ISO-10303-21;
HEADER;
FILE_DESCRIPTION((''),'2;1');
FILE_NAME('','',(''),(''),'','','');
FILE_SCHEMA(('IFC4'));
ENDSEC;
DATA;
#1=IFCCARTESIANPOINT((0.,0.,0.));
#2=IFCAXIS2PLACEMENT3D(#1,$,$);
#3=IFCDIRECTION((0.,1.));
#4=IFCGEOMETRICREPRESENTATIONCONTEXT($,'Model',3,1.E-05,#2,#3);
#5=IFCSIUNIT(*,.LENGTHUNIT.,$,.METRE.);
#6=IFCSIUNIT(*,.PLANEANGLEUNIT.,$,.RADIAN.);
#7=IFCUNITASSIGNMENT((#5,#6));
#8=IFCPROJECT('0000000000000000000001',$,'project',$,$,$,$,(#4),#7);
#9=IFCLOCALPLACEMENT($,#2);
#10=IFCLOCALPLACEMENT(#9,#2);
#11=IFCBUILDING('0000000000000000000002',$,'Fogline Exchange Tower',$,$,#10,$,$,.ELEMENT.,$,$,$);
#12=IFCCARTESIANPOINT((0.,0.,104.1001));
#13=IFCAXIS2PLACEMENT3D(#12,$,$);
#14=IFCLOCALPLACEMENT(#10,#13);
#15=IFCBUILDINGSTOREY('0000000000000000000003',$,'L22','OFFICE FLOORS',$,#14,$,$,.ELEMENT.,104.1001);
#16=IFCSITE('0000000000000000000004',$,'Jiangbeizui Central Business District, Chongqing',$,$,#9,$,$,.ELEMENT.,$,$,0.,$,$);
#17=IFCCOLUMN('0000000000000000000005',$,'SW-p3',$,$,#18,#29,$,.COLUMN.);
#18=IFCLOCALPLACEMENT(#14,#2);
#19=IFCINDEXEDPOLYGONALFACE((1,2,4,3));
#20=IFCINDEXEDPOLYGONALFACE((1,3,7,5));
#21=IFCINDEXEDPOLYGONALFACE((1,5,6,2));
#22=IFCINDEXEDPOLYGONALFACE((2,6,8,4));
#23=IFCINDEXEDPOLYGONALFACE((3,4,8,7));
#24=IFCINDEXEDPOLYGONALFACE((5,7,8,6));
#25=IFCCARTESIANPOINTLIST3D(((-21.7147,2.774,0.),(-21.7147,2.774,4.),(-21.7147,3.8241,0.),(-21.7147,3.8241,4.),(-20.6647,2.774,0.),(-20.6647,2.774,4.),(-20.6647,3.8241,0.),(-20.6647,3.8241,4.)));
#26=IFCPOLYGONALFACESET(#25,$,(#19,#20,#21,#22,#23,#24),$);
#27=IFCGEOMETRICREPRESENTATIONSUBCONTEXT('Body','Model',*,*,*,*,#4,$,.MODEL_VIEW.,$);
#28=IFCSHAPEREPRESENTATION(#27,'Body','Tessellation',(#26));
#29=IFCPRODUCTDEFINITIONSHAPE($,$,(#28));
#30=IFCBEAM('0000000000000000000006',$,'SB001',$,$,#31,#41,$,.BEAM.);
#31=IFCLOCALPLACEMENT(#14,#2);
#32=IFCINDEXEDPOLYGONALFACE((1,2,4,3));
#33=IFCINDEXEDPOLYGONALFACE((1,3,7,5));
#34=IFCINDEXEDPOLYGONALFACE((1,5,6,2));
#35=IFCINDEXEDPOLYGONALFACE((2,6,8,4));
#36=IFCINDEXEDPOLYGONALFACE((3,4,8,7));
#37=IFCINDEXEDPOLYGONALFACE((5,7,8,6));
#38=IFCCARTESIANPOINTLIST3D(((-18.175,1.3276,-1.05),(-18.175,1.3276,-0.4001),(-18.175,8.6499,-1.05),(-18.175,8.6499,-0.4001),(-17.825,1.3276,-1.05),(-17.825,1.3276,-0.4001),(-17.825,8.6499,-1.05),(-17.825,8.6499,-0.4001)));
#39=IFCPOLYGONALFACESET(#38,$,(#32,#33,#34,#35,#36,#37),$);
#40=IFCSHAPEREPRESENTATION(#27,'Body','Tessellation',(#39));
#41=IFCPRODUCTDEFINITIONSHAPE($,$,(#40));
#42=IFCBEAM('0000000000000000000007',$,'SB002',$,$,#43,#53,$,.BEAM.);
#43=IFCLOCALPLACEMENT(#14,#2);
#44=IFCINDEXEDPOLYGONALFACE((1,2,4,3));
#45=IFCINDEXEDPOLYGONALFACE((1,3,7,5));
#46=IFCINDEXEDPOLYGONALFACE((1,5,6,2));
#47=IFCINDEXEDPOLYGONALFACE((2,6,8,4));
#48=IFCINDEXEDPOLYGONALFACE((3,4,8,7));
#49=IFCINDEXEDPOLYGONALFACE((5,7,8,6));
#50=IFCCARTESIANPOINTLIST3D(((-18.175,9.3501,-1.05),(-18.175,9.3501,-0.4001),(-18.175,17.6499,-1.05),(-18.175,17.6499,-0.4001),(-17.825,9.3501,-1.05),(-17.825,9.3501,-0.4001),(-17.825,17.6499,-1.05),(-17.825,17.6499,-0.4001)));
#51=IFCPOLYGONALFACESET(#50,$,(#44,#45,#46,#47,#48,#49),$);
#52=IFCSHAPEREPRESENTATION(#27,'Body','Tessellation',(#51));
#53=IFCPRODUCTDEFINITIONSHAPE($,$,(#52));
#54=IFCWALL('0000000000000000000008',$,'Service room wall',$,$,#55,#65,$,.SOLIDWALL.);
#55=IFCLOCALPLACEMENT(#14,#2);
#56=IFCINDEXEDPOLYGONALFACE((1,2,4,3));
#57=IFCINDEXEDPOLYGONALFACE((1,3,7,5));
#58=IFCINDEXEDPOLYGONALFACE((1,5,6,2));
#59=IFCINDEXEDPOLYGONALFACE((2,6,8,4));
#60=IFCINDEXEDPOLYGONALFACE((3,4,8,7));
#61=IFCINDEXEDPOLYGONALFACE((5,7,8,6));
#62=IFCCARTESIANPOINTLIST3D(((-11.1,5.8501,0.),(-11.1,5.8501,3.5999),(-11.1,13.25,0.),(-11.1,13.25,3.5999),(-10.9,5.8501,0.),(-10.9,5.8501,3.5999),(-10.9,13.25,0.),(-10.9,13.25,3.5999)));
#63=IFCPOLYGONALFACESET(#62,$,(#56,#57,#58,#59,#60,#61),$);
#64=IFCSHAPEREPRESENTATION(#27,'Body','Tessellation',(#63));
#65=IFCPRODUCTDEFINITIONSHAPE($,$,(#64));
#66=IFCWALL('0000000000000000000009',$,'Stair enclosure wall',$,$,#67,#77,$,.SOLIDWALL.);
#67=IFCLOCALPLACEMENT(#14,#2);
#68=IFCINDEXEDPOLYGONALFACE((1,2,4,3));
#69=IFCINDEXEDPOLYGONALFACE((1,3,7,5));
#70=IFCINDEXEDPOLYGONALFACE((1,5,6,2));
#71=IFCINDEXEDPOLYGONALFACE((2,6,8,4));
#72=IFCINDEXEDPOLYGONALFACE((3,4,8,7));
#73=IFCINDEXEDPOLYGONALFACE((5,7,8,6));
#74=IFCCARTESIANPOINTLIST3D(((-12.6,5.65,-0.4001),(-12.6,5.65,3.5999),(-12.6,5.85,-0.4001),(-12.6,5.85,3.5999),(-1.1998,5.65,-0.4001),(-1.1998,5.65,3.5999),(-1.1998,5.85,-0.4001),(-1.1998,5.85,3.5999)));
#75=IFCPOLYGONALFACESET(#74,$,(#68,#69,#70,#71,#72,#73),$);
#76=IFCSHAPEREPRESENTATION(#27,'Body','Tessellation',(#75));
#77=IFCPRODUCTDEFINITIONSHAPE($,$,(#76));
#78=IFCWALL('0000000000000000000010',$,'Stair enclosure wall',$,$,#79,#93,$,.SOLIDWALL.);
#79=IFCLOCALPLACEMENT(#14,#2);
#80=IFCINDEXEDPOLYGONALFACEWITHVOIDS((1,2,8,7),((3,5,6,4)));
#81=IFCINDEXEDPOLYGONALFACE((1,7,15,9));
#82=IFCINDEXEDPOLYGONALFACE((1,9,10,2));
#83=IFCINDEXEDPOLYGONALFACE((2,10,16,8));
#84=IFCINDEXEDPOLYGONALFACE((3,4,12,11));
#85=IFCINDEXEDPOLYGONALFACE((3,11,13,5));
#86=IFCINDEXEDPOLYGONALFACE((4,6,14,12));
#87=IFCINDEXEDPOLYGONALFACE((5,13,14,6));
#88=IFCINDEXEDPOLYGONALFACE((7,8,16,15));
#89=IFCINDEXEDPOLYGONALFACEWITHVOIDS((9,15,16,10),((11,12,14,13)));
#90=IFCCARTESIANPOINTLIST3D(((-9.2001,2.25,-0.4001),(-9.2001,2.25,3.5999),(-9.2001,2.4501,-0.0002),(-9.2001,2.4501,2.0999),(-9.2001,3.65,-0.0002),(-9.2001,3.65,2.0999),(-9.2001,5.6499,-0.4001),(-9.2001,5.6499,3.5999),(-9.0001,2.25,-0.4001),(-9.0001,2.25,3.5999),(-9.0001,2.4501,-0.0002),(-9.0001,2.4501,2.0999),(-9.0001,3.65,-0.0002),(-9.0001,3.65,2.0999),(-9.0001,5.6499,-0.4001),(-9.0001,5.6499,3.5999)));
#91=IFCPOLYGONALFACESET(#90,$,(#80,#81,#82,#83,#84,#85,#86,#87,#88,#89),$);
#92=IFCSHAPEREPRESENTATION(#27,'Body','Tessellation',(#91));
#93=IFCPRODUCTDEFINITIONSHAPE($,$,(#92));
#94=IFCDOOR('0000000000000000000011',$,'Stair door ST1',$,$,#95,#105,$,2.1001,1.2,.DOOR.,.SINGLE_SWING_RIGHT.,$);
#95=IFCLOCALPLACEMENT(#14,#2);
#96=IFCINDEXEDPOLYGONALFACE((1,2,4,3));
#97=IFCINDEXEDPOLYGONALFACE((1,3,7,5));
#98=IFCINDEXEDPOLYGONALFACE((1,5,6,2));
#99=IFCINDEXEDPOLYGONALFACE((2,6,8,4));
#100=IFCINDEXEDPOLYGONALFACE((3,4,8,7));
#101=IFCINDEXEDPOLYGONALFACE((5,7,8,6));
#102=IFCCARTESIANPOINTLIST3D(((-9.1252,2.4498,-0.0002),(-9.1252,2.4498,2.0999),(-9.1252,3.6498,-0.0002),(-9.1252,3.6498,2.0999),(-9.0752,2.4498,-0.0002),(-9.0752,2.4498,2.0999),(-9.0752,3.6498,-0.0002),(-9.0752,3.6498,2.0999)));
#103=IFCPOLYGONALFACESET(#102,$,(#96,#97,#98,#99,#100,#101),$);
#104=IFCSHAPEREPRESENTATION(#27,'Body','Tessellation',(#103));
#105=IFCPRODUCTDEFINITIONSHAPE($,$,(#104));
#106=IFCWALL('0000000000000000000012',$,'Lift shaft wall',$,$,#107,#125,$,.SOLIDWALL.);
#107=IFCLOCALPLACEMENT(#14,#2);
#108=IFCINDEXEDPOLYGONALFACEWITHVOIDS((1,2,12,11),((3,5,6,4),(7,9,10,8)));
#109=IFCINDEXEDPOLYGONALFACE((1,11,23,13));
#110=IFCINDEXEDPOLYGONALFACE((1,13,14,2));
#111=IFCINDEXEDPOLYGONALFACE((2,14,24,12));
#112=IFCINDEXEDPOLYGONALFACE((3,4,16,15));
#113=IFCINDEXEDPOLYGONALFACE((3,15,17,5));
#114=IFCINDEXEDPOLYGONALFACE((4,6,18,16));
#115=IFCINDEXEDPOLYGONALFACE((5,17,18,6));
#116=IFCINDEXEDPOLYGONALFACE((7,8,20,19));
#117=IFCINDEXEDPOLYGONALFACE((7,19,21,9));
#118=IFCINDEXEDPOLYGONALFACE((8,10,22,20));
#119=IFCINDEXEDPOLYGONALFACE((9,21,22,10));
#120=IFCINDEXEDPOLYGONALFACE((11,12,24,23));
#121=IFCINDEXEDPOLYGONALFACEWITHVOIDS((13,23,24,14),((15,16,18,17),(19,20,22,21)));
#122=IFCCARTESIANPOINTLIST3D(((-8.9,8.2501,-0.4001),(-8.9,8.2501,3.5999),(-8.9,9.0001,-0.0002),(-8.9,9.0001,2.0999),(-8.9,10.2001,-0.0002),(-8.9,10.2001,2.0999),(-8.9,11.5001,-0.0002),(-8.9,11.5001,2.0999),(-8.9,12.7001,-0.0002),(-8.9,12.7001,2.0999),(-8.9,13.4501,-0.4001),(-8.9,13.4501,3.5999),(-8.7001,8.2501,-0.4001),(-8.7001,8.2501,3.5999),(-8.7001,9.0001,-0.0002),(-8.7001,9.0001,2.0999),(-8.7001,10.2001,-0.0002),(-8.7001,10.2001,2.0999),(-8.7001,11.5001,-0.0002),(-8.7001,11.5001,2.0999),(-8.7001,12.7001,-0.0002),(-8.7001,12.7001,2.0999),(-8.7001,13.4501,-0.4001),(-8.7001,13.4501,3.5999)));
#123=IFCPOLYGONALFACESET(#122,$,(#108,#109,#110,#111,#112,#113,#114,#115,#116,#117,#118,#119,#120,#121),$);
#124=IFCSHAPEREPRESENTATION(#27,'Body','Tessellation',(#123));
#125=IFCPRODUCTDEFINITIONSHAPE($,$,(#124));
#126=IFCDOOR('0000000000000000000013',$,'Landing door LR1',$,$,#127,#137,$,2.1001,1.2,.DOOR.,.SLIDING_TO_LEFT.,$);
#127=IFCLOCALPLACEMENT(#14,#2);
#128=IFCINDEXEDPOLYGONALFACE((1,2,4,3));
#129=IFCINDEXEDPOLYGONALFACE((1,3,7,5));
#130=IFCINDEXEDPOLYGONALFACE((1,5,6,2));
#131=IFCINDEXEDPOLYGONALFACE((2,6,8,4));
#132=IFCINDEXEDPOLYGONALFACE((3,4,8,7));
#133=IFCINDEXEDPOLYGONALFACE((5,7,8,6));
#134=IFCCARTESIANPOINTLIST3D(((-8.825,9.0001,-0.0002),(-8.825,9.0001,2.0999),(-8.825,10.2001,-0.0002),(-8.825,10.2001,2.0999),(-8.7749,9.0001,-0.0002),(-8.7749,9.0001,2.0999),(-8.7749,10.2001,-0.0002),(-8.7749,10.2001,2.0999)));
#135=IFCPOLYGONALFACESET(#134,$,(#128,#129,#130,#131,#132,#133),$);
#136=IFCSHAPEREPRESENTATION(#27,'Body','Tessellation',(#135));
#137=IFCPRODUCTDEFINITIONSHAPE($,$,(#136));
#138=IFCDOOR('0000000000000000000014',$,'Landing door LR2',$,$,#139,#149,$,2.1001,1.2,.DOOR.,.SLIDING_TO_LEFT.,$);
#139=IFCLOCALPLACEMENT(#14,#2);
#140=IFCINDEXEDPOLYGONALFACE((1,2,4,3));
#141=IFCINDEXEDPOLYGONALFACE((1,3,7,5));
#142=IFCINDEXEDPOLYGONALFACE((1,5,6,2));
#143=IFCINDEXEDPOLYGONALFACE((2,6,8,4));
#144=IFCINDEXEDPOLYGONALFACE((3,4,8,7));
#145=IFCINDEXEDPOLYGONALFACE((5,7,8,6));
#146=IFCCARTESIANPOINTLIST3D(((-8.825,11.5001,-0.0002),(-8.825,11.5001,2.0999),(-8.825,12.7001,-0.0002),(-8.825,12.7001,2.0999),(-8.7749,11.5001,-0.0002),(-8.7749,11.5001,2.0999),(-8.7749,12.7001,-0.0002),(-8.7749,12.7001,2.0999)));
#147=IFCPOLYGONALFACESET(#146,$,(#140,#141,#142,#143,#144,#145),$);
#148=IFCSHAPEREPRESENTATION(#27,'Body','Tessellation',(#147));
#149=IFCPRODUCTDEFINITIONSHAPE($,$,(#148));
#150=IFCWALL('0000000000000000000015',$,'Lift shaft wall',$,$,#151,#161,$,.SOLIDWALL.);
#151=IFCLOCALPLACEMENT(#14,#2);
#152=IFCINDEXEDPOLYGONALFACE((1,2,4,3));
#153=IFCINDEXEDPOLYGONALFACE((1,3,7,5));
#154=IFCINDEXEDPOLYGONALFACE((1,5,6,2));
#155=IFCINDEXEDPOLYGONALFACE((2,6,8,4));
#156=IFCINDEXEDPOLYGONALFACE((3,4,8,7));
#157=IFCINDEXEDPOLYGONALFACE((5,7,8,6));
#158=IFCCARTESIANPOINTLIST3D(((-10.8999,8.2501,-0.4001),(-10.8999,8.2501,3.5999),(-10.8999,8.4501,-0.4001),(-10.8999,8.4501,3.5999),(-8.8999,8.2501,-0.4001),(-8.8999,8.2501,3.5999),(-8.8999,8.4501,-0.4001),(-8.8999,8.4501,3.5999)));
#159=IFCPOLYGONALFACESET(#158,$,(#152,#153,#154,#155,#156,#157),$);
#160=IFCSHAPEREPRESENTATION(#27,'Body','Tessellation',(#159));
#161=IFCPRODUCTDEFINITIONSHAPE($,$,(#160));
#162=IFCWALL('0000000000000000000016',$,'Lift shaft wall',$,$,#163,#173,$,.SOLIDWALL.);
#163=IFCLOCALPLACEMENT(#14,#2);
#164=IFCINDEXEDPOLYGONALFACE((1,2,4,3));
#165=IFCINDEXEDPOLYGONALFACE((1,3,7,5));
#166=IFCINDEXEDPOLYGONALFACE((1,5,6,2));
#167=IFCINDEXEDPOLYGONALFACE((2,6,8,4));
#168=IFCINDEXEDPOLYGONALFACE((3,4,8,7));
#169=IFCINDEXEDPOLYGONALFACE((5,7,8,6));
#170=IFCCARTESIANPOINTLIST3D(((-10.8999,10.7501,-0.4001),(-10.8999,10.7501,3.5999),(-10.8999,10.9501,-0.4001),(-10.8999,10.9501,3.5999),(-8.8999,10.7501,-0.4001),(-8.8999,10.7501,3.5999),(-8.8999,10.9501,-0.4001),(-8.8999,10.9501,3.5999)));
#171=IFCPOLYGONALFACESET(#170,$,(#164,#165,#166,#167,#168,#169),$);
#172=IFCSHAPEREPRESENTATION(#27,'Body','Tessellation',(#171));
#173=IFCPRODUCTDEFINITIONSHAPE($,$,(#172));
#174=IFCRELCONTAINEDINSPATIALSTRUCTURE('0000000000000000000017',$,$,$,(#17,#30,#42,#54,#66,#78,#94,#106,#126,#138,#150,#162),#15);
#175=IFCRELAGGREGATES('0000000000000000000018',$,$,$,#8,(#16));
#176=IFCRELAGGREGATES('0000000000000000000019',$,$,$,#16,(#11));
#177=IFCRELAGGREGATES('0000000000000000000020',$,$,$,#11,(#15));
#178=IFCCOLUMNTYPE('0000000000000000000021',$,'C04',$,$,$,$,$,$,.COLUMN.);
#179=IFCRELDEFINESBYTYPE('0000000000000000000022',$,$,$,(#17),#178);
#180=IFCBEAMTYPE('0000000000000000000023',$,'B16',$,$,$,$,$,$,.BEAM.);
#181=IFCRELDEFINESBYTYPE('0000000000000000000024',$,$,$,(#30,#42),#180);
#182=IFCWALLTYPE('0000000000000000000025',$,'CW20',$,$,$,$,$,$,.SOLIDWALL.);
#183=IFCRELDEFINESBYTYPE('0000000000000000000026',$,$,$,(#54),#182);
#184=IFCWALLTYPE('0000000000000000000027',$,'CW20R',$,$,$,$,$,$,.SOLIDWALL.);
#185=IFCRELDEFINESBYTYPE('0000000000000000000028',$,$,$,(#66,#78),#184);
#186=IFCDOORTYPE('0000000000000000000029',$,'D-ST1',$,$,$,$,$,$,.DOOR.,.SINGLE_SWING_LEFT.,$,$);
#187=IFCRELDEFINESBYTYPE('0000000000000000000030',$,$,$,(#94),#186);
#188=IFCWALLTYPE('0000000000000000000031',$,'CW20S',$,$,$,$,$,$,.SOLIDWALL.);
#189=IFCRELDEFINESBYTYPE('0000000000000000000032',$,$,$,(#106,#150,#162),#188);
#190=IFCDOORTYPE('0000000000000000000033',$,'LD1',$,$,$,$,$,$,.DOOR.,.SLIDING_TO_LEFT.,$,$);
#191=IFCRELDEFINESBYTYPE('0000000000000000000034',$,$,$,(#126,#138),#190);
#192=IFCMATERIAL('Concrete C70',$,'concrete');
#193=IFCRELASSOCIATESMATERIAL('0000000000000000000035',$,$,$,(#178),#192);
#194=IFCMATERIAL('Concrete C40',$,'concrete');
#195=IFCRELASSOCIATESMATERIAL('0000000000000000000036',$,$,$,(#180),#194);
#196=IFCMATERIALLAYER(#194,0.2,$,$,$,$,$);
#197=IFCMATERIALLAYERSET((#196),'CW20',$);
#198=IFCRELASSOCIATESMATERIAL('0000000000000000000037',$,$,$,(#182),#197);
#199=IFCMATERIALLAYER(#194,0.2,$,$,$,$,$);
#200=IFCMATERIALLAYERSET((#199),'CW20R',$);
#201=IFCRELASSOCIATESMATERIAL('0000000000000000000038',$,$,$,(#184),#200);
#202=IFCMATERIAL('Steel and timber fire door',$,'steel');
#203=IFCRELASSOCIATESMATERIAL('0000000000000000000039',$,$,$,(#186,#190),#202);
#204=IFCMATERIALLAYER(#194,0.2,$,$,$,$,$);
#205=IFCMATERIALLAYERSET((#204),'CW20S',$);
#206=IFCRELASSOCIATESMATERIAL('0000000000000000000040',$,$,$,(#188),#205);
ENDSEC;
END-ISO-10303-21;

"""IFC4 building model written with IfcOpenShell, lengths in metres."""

from ifc_helpers import new_model, si_unit, direction, frame, frame_2d, origin, origin_2d, place, context, subcontext, project, spatial, rectangle, extrude, material, layer, layer_set, material_profile, profile_set, type_object, element, fill, save


model = new_model("IFC4")

# Units and contexts
model_context = context("Model", 3, precision=1e-05, world=origin(), true_north=direction((0.0, 1.0)))
body_context = subcontext(model_context, "Body", "Model", "MODEL_VIEW")
ifc_project = project(units=[si_unit("LENGTHUNIT", "METRE"), si_unit("PLANEANGLEUNIT", "RADIAN")], contexts=[model_context])

# Site, building, storey
site_placement = place(None, origin())
site = spatial("IfcSite", under=ifc_project, at=site_placement, Name="Jiangbeizui Central Business District, Chongqing", CompositionType="ELEMENT", RefElevation=0.0)
building_placement = place(site_placement, origin())
building = spatial("IfcBuilding", under=site, at=building_placement, Name="Fogline Exchange Tower", CompositionType="ELEMENT")
storey_placement = place(building_placement, frame((0.0, 0.0, 104.1001)))
storey = spatial("IfcBuildingStorey", under=building, at=storey_placement, Name="L22", Description="OFFICE FLOORS", CompositionType="ELEMENT", Elevation=104.1001)

# Column
ifc_material_1 = material(Name="Concrete C70", Category="concrete")
ifc_material_profile_1 = material_profile(ifc_material_1, rectangle(XDim=1.05, YDim=1.05, at=origin_2d()), Name="RC 1050x1050")
ifc_profile_set_1 = profile_set([ifc_material_profile_1], Name="Concrete C70")
column_type = type_object("IfcColumnType", Name="C04", PredefinedType="COLUMN", material=ifc_profile_set_1)
column_placement = place(storey_placement, frame((-21.1897, 3.2991, 0.0), z_axis=(0.0, 0.0, 1.0), x_axis=(1.0, 0.0, 0.0)))
element("IfcColumn", 1, at=column_placement, inside=storey, type_object=column_type, Name="SW-p3", PredefinedType="COLUMN", context=body_context, shape_type="SweptSolid", body=[
    extrude(rectangle(XDim=1.05, YDim=1.05, at=origin_2d()), origin(), (0.0, 0.0, 1.0), 4.0),
])

# Beams
ifc_material_2 = material(Name="Concrete C40", Category="concrete")
ifc_material_profile_2 = material_profile(ifc_material_2, rectangle(XDim=0.3501, YDim=0.6499, at=origin_2d()), Name="RC 350x650")
ifc_profile_set_2 = profile_set([ifc_material_profile_2], Name="Concrete C40")
beam_type = type_object("IfcBeamType", Name="B16", PredefinedType="BEAM", material=ifc_profile_set_2)
beam_1_placement = place(storey_placement, frame((-18.0, 1.3276, -0.7251), z_axis=(0.0, 1.0, 0.0), x_axis=(-1.0, 0.0, 0.0)))
element("IfcBeam", 2, at=beam_1_placement, inside=storey, type_object=beam_type, Name="SB001", PredefinedType="BEAM", context=body_context, shape_type="SweptSolid", body=[
    extrude(rectangle(XDim=0.3501, YDim=0.6499, at=origin_2d()), origin(), (0.0, 0.0, 1.0), 7.3223),
])
beam_2_placement = place(storey_placement, frame((-18.0, 9.3501, -0.7251), z_axis=(0.0, 1.0, 0.0), x_axis=(-1.0, 0.0, 0.0)))
element("IfcBeam", 3, at=beam_2_placement, inside=storey, type_object=beam_type, Name="SB002", PredefinedType="BEAM", context=body_context, shape_type="SweptSolid", body=[
    extrude(rectangle(XDim=0.3501, YDim=0.6499, at=origin_2d()), origin(), (0.0, 0.0, 1.0), 8.2998),
])

# Walls
ifc_layer_1 = layer(ifc_material_2, 0.2)
ifc_layer_set_1 = layer_set([ifc_layer_1], Name="CW20")
wall_type_1 = type_object("IfcWallType", Name="CW20", PredefinedType="SOLIDWALL", material=ifc_layer_set_1)
wall_1_placement = place(storey_placement, frame((-11.0, 5.8501, 0.0), z_axis=(0.0, 0.0, 1.0), x_axis=(0.0, 1.0, 0.0)))
element("IfcWall", 4, at=wall_1_placement, inside=storey, type_object=wall_type_1, Name="Service room wall", PredefinedType="SOLIDWALL", context=body_context, shape_type="SweptSolid", body=[
    extrude(rectangle(XDim=7.3999, YDim=0.2, at=frame_2d((3.7, 0.0))), origin(), (0.0, 0.0, 1.0), 3.5999),
])
ifc_layer_2 = layer(ifc_material_2, 0.2)
ifc_layer_set_2 = layer_set([ifc_layer_2], Name="CW20R")
wall_type_2 = type_object("IfcWallType", Name="CW20R", PredefinedType="SOLIDWALL", material=ifc_layer_set_2)
wall_2_placement = place(storey_placement, frame((-12.6001, 5.75, -0.4001), z_axis=(0.0, 0.0, 1.0), x_axis=(1.0, 0.0, 0.0)))
element("IfcWall", 5, at=wall_2_placement, inside=storey, type_object=wall_type_2, Name="Stair enclosure wall", PredefinedType="SOLIDWALL", context=body_context, shape_type="SweptSolid", body=[
    extrude(rectangle(XDim=11.4001, YDim=0.2, at=frame_2d((5.7002, 0.0))), origin(), (0.0, 0.0, 1.0), 4.0),
])

# Wall, opening, door
wall_3_placement = place(storey_placement, frame((-9.1001, 2.25, -0.4001), z_axis=(0.0, 0.0, 1.0), x_axis=(0.0, 1.0, 0.0)))
wall_3 = element("IfcWall", 6, at=wall_3_placement, inside=storey, type_object=wall_type_2, Name="Stair enclosure wall", PredefinedType="SOLIDWALL", context=body_context, shape_type="SweptSolid", body=[
    extrude(rectangle(XDim=3.3999, YDim=0.2, at=frame_2d((1.7, 0.0))), origin(), (0.0, 0.0, 1.0), 4.0),
])
opening_1_placement = place(wall_3_placement, frame((0.2, 0.0, 0.3999)))
opening_1 = element("IfcOpeningElement", 7, at=opening_1_placement, cuts=wall_3, PredefinedType="OPENING", context=body_context, shape_type="SweptSolid", body=[
    extrude(rectangle(XDim=1.2, YDim=2.1001, at=frame_2d((0.6001, 1.05))), frame((0.0, 0.1099, 0.0), z_axis=(0.0, -1.0, 0.0), x_axis=(1.0, 0.0, 0.0)), (0.0, 0.0, 1.0), 0.22),
])
ifc_material_3 = material(Name="Steel and timber fire door", Category="steel")
door_type_1 = type_object("IfcDoorType", Name="D-ST1", OperationType="SINGLE_SWING_LEFT", PredefinedType="DOOR", material=ifc_material_3)
door_1_placement = place(opening_1_placement, frame((1.2, 0.0, 0.0), z_axis=(0.0, 0.0, 1.0), x_axis=(-1.0, 0.0, 0.0)))
door_1 = element("IfcDoor", 8, at=door_1_placement, inside=storey, type_object=door_type_1, Name="Stair door ST1", OperationType="SINGLE_SWING_RIGHT", OverallHeight=2.1001, OverallWidth=1.2, PredefinedType="DOOR", context=body_context, shape_type="SweptSolid", body=[
    extrude(rectangle(XDim=1.2, YDim=2.1001, at=frame_2d((0.6001, 1.05))), frame((0.0, 0.0249, 0.0), z_axis=(0.0, -1.0, 0.0), x_axis=(1.0, 0.0, 0.0)), (0.0, 0.0, 1.0), 0.05),
])
fill(opening_1, door_1)

# Wall, openings, doors
ifc_layer_3 = layer(ifc_material_2, 0.2)
ifc_layer_set_3 = layer_set([ifc_layer_3], Name="CW20S")
wall_type_3 = type_object("IfcWallType", Name="CW20S", PredefinedType="SOLIDWALL", material=ifc_layer_set_3)
wall_4_placement = place(storey_placement, frame((-8.8, 8.25, -0.4001), z_axis=(0.0, 0.0, 1.0), x_axis=(0.0, 1.0, 0.0)))
wall_4 = element("IfcWall", 9, at=wall_4_placement, inside=storey, type_object=wall_type_3, Name="Lift shaft wall", PredefinedType="SOLIDWALL", context=body_context, shape_type="SweptSolid", body=[
    extrude(rectangle(XDim=5.2, YDim=0.2, at=frame_2d((2.6001, 0.0))), origin(), (0.0, 0.0, 1.0), 4.0),
])
opening_2_placement = place(wall_4_placement, frame((0.75, 0.0, 0.3999)))
opening_2 = element("IfcOpeningElement", 10, at=opening_2_placement, cuts=wall_4, PredefinedType="OPENING", context=body_context, shape_type="SweptSolid", body=[
    extrude(rectangle(XDim=1.2, YDim=2.1001, at=frame_2d((0.6001, 1.05))), frame((0.0, 0.1099, 0.0), z_axis=(0.0, -1.0, 0.0), x_axis=(1.0, 0.0, 0.0)), (0.0, 0.0, 1.0), 0.22),
])
opening_3_placement = place(wall_4_placement, frame((3.25, 0.0, 0.3999)))
opening_3 = element("IfcOpeningElement", 11, at=opening_3_placement, cuts=wall_4, PredefinedType="OPENING", context=body_context, shape_type="SweptSolid", body=[
    extrude(rectangle(XDim=1.2, YDim=2.1001, at=frame_2d((0.6001, 1.05))), frame((0.0, 0.1099, 0.0), z_axis=(0.0, -1.0, 0.0), x_axis=(1.0, 0.0, 0.0)), (0.0, 0.0, 1.0), 0.22),
])
door_type_2 = type_object("IfcDoorType", Name="LD1", OperationType="SLIDING_TO_LEFT", PredefinedType="DOOR", material=ifc_material_3)
door_2_placement = place(opening_2_placement, origin())
door_2 = element("IfcDoor", 12, at=door_2_placement, inside=storey, type_object=door_type_2, Name="Landing door LR1", OperationType="SLIDING_TO_LEFT", OverallHeight=2.1001, OverallWidth=1.2, PredefinedType="DOOR", context=body_context, shape_type="SweptSolid", body=[
    extrude(rectangle(XDim=1.2, YDim=2.1001, at=frame_2d((0.6001, 1.05))), frame((0.0, 0.0249, 0.0), z_axis=(0.0, -1.0, 0.0), x_axis=(1.0, 0.0, 0.0)), (0.0, 0.0, 1.0), 0.05),
])
fill(opening_2, door_2)
door_3_placement = place(opening_3_placement, origin())
door_3 = element("IfcDoor", 13, at=door_3_placement, inside=storey, type_object=door_type_2, Name="Landing door LR2", OperationType="SLIDING_TO_LEFT", OverallHeight=2.1001, OverallWidth=1.2, PredefinedType="DOOR", context=body_context, shape_type="SweptSolid", body=[
    extrude(rectangle(XDim=1.2, YDim=2.1001, at=frame_2d((0.6001, 1.05))), frame((0.0, 0.0249, 0.0), z_axis=(0.0, -1.0, 0.0), x_axis=(1.0, 0.0, 0.0)), (0.0, 0.0, 1.0), 0.05),
])
fill(opening_3, door_3)

# Walls
for number, where, z_axis, x_axis, name in (
    (14, (-10.8999, 8.3501, -0.4001), (0.0, 0.0, 1.0), (1.0, 0.0, 0.0), "Lift shaft wall"),
    (15, (-10.8999, 10.8501, -0.4001), (0.0, 0.0, 1.0), (1.0, 0.0, 0.0), "Lift shaft wall"),
):
    element("IfcWall", number, at=place(storey_placement, frame(where, z_axis=z_axis, x_axis=x_axis)), inside=storey, type_object=wall_type_3, Name=name, PredefinedType="SOLIDWALL", context=body_context, shape_type="SweptSolid", body=[
        extrude(rectangle(XDim=2.0, YDim=0.2, at=frame_2d((1.0, 0.0))), origin(), (0.0, 0.0, 1.0), 4.0),
    ])

save(model, "model.ifc")
